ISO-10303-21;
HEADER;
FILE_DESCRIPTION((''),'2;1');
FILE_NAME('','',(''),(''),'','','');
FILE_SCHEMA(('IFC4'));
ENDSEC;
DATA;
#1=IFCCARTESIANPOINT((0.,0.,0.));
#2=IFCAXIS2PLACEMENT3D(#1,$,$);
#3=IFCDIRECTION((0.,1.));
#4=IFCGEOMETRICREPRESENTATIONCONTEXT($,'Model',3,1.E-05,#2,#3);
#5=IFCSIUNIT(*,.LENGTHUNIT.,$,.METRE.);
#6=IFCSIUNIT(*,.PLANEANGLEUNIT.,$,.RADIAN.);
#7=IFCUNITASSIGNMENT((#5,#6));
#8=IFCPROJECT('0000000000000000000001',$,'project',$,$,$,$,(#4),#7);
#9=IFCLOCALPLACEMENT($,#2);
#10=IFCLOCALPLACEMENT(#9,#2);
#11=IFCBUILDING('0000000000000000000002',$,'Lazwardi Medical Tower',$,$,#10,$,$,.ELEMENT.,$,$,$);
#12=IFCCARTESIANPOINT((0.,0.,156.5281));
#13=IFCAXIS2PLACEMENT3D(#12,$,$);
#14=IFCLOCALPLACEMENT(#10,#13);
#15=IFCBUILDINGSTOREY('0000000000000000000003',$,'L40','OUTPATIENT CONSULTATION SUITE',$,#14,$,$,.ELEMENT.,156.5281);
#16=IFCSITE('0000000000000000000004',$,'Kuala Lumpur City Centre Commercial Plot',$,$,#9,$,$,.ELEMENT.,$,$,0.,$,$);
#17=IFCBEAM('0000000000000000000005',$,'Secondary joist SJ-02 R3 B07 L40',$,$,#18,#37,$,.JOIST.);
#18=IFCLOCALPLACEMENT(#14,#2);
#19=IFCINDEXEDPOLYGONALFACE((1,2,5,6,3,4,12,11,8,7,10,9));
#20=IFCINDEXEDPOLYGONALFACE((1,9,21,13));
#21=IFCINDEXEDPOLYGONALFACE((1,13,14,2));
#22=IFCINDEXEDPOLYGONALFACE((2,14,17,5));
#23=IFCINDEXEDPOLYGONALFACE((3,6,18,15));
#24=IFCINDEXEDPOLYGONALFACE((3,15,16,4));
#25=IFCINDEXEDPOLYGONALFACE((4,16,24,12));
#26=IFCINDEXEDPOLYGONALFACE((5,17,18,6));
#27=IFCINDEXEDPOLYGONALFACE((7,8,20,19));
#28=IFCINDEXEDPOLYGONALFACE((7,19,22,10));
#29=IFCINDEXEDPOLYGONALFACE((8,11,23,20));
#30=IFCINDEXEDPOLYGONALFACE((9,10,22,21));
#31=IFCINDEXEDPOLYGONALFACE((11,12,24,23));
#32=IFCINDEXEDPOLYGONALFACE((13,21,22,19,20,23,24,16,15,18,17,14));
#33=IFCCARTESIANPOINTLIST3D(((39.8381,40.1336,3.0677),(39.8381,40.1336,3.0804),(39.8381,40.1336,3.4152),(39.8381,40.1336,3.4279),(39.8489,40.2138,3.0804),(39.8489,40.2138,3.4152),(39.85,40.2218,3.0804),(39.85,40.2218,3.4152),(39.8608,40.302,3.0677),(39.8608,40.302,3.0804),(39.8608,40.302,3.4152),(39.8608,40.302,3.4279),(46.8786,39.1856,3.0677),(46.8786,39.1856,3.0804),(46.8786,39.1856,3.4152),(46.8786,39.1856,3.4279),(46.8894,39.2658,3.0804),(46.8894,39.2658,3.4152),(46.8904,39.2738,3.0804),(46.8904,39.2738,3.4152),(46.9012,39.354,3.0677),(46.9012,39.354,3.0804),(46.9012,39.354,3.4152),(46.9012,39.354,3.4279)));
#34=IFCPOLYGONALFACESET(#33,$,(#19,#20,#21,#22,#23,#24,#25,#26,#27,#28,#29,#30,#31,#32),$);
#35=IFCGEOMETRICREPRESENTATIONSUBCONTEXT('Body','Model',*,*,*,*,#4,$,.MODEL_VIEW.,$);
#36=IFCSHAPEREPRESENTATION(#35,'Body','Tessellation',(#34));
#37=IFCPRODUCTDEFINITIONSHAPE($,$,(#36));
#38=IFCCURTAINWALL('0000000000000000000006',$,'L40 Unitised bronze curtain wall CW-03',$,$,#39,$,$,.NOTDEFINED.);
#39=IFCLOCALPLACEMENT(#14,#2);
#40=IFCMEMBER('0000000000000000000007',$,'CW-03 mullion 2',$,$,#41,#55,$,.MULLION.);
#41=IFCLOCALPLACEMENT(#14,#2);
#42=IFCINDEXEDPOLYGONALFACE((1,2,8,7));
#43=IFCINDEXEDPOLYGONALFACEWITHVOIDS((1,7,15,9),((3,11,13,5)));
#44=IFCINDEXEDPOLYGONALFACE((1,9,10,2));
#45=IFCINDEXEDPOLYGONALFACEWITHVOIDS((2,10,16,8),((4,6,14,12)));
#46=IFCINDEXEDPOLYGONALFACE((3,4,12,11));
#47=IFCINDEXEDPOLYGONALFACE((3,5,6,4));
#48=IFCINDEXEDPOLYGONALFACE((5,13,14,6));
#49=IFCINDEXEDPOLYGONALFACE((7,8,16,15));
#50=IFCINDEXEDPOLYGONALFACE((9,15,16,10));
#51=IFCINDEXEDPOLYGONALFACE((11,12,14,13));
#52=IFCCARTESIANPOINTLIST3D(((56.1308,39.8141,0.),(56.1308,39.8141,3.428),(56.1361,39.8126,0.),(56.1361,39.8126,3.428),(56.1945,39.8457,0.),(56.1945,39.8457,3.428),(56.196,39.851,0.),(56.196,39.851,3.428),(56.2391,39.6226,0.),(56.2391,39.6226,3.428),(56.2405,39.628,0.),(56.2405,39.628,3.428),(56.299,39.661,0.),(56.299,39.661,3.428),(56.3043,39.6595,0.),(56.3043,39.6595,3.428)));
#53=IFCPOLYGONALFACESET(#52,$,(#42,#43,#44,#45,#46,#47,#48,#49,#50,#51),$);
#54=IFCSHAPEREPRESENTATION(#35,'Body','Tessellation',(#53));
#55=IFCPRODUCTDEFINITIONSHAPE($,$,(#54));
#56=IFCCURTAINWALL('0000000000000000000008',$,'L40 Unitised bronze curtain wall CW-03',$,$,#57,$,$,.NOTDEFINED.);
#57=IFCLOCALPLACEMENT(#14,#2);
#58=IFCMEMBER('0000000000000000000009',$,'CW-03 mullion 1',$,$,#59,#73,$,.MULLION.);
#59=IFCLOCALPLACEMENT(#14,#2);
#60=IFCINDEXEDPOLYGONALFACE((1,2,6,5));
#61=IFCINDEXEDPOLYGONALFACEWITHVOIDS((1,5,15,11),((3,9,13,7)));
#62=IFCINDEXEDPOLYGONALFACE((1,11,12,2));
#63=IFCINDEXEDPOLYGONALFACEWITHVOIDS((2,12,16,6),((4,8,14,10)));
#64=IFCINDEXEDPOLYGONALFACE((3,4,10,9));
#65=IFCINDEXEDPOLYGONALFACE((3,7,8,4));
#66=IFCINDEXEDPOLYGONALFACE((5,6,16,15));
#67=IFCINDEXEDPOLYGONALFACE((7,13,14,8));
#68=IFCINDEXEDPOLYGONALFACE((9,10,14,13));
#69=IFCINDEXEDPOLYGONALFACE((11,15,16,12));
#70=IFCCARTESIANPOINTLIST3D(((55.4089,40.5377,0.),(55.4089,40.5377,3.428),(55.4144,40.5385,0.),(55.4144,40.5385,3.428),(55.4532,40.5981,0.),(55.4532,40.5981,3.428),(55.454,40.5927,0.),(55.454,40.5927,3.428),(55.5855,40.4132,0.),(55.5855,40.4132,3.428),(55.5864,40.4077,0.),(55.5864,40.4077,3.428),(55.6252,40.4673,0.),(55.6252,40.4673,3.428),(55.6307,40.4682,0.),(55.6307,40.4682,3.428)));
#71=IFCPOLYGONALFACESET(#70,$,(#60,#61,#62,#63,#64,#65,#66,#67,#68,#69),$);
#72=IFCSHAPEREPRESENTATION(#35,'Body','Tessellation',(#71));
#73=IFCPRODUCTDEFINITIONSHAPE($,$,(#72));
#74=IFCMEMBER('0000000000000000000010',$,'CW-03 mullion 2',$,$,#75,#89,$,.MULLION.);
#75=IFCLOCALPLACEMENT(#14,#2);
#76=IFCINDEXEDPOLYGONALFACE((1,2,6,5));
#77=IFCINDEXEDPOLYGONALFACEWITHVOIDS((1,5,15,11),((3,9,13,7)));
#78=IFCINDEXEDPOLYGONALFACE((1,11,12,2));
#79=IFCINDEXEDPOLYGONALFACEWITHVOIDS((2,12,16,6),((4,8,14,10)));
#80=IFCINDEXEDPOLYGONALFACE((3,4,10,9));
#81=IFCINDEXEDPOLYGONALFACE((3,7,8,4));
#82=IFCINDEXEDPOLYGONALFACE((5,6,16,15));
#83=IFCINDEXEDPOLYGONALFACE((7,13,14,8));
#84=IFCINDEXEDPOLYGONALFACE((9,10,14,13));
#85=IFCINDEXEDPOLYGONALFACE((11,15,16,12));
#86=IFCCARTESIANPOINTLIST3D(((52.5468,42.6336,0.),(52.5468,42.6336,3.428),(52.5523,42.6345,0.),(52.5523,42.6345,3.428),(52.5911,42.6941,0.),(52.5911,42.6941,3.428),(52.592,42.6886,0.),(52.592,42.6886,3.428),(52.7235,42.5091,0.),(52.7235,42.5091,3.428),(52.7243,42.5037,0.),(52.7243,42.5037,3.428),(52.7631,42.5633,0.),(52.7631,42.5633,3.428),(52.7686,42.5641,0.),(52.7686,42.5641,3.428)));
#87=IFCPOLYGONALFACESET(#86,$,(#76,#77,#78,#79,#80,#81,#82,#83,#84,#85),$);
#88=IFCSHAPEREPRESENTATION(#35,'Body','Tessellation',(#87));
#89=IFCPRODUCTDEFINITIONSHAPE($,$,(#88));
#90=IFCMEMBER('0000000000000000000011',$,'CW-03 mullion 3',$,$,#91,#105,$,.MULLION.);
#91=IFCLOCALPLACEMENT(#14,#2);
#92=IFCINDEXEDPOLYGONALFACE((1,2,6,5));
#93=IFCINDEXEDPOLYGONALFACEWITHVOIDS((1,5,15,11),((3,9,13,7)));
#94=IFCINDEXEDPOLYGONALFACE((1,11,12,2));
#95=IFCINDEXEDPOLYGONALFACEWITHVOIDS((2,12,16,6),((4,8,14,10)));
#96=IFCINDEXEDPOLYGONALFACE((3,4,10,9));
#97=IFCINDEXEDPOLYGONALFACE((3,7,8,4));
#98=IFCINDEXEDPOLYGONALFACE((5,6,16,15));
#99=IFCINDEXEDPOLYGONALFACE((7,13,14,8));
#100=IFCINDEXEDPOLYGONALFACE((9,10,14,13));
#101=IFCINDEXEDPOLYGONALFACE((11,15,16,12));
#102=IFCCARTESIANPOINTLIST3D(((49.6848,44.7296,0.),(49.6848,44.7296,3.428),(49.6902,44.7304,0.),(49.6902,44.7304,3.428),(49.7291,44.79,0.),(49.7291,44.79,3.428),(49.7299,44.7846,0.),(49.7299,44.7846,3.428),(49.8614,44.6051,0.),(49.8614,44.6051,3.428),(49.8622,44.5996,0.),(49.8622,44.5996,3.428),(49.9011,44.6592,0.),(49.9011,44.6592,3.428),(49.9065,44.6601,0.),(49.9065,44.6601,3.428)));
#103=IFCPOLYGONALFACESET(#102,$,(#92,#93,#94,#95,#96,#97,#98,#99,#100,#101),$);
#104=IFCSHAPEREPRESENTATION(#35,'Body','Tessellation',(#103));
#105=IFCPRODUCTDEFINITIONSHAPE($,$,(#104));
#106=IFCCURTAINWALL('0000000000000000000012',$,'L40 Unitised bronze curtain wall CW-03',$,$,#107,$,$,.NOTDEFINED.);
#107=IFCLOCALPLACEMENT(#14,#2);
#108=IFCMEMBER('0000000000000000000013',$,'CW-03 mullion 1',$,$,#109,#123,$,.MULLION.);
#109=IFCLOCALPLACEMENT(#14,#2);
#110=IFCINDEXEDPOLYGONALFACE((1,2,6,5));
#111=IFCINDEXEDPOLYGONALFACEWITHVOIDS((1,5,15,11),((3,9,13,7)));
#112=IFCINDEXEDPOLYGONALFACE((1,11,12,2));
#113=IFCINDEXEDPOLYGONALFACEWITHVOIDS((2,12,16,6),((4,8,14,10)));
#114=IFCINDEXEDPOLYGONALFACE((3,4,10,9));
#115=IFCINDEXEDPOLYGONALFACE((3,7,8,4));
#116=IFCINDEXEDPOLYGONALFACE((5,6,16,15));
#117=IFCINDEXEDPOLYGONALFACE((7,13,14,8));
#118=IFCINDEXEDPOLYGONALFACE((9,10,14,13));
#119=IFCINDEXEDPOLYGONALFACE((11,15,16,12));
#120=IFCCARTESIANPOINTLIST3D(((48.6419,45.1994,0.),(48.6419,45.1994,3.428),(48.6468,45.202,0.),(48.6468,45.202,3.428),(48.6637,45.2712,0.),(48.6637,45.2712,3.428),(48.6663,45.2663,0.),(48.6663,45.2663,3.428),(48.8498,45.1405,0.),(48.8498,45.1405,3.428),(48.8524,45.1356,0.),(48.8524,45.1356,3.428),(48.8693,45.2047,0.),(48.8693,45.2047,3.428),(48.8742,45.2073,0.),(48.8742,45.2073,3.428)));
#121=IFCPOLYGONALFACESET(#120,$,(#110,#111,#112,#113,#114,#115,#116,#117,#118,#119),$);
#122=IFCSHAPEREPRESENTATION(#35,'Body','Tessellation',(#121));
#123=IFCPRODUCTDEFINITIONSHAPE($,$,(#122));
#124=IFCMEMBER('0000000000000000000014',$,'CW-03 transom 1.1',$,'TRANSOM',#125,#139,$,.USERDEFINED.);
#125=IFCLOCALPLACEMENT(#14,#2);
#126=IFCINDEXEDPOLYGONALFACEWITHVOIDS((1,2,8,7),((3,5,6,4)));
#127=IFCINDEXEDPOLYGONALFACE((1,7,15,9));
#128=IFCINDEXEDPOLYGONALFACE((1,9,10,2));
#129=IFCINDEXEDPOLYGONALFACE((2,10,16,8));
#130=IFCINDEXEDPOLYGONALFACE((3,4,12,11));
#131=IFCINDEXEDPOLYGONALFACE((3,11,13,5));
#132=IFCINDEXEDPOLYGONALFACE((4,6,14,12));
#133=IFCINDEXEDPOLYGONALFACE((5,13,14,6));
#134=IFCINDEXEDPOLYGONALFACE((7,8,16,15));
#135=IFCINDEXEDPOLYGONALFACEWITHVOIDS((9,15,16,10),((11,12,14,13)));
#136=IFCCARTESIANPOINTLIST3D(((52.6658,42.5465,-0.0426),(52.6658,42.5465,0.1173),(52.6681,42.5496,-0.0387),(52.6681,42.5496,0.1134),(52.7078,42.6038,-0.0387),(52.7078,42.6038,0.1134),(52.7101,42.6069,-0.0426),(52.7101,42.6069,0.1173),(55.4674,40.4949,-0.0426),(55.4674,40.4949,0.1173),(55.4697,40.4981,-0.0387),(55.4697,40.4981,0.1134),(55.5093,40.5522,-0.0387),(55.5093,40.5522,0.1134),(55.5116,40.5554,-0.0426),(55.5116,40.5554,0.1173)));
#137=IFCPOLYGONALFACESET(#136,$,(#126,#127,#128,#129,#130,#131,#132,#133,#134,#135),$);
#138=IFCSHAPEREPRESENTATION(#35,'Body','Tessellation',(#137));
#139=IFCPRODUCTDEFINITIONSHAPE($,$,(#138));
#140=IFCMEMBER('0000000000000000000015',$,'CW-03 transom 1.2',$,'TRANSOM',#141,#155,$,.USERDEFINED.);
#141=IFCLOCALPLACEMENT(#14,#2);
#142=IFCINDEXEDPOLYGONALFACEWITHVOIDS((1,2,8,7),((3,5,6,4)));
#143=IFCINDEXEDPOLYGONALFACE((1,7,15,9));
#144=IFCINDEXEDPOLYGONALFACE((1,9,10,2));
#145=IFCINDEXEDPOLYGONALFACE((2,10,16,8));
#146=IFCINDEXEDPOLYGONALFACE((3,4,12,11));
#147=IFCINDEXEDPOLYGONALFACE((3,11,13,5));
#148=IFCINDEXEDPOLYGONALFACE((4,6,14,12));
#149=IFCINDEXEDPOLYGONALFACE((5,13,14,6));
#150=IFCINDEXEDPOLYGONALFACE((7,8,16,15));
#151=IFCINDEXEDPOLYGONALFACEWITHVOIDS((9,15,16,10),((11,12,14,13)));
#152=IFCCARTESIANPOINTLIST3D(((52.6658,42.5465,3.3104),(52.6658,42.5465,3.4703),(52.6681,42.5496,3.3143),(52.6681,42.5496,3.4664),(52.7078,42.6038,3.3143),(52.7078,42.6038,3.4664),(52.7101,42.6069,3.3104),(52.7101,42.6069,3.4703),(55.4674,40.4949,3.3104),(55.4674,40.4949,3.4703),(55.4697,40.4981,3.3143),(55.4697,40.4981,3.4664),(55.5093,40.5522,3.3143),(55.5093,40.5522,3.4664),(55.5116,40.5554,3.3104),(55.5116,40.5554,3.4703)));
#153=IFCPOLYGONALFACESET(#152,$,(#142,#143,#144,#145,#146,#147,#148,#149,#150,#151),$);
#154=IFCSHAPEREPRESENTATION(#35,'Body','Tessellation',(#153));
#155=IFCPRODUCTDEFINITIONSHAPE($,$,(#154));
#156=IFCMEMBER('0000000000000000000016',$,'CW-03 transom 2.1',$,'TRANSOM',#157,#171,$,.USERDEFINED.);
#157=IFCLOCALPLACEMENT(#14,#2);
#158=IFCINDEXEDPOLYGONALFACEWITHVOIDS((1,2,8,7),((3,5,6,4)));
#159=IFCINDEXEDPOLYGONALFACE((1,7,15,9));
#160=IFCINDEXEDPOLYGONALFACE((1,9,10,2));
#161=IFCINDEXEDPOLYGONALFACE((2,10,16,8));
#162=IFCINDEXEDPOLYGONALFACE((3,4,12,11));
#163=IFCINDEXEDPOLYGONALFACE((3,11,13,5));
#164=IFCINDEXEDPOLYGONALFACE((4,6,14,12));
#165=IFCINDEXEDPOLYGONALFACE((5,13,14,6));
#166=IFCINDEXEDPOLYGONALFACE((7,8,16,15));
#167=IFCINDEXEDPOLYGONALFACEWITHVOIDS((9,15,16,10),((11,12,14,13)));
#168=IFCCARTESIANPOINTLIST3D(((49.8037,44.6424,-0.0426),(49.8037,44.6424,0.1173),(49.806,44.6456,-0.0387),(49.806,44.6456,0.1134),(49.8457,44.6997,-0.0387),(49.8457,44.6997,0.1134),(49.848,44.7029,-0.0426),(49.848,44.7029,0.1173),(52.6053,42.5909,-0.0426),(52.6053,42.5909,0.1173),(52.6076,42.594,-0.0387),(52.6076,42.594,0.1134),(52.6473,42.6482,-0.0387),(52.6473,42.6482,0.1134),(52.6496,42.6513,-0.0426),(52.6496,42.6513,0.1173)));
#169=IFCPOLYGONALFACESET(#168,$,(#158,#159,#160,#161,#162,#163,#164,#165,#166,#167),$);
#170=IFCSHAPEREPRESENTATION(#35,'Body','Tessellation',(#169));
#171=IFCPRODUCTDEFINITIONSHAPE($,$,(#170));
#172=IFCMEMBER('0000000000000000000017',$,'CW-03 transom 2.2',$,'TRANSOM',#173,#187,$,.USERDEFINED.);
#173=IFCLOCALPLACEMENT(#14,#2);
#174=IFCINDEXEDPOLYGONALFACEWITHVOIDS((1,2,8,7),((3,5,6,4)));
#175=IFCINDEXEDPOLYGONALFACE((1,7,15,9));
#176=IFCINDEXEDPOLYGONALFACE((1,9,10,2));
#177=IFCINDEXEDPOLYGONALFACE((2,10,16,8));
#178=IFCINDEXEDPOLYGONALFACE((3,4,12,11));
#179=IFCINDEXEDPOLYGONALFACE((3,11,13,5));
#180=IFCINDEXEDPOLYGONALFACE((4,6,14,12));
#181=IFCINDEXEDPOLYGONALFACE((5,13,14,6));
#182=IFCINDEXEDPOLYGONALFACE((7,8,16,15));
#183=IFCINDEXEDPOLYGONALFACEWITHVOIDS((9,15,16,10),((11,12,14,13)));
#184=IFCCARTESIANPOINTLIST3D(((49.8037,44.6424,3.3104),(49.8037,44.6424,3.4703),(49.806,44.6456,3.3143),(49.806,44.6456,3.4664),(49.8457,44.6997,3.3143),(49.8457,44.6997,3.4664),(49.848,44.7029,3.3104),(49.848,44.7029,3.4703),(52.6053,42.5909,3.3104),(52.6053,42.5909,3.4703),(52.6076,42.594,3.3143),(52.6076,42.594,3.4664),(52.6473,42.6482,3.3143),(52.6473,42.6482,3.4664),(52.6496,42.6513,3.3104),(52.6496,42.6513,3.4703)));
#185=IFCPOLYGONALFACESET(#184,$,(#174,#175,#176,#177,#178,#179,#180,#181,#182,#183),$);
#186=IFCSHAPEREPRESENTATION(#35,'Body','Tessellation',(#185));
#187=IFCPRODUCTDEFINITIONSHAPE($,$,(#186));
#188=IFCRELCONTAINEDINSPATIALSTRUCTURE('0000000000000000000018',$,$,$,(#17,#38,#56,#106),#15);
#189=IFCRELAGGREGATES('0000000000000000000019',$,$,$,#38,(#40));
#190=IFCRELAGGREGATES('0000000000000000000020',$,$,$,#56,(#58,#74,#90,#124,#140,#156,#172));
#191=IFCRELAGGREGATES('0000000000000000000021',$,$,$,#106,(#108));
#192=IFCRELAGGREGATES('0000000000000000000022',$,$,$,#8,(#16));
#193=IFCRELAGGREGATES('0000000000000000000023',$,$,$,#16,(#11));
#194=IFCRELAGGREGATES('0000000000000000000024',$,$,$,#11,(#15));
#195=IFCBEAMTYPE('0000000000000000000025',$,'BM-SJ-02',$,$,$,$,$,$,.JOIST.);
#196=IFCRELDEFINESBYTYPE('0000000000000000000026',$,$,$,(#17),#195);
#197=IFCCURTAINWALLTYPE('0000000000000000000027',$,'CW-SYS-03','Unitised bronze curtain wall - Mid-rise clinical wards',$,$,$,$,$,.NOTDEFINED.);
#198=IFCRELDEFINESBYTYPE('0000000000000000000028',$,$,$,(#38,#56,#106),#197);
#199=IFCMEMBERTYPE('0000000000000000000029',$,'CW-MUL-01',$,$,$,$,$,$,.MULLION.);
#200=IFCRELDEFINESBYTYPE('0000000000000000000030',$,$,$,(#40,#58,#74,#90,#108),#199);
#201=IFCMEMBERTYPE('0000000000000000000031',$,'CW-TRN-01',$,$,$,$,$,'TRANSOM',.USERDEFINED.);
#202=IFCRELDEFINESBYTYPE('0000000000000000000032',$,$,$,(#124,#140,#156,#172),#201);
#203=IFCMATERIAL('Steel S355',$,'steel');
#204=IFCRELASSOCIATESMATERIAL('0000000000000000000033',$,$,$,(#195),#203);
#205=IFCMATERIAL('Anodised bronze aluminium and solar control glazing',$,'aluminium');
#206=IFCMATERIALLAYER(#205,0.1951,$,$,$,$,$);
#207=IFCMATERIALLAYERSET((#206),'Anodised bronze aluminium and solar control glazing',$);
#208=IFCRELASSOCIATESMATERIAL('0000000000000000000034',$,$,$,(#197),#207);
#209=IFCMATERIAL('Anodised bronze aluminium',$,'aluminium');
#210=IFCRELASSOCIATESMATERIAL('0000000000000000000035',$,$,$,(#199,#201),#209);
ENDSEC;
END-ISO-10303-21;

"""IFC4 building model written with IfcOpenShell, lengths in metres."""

from ifc_helpers import new_model, si_unit, direction, frame, origin, origin_2d, place, context, subcontext, project, spatial, hollow_rectangle, i_section, extrude, material, layer, layer_set, material_profile, profile_set, type_object, element, aggregate, save


model = new_model("IFC4")

# Units and contexts
model_context = context("Model", 3, precision=1e-05, world=origin(), true_north=direction((0.0, 1.0)))
body_context = subcontext(model_context, "Body", "Model", "MODEL_VIEW")
ifc_project = project(units=[si_unit("LENGTHUNIT", "METRE"), si_unit("PLANEANGLEUNIT", "RADIAN")], contexts=[model_context])

# Site, building, storey
site_placement = place(None, origin())
site = spatial("IfcSite", under=ifc_project, at=site_placement, Name="Kuala Lumpur City Centre Commercial Plot", CompositionType="ELEMENT", RefElevation=0.0)
building_placement = place(site_placement, origin())
building = spatial("IfcBuilding", under=site, at=building_placement, Name="Lazwardi Medical Tower", CompositionType="ELEMENT")
storey_placement = place(building_placement, frame((0.0, 0.0, 156.5281)))
storey = spatial("IfcBuildingStorey", under=building, at=storey_placement, Name="L40", Description="OUTPATIENT CONSULTATION SUITE", CompositionType="ELEMENT", Elevation=156.5281)

# Beam
ifc_material_1 = material(Name="Steel S355", Category="steel")
ifc_material_profile_1 = material_profile(ifc_material_1, i_section(OverallWidth=0.1699, OverallDepth=0.3601, WebThickness=0.0081, FlangeThickness=0.0127, at=origin_2d()), Name="IPE 360")
ifc_profile_set_1 = profile_set([ifc_material_profile_1], Name="Steel S355")
beam_type_1 = type_object("IfcBeamType", Name="BM-SJ-02", PredefinedType="JOIST", material=ifc_profile_set_1)
beam_1_placement = place(storey_placement, frame((46.8899, 39.2698, 3.2478), z_axis=(-0.991056, 0.133444, 0.0), x_axis=(-0.133444, -0.991056, 0.0)))
element("IfcBeam", 1, at=beam_1_placement, inside=storey, type_object=beam_type_1, Name="Secondary joist SJ-02 R3 B07 L40", PredefinedType="JOIST", context=body_context, shape_type="SweptSolid", body=[
    extrude(i_section(OverallWidth=0.1699, OverallDepth=0.3601, WebThickness=0.0081, FlangeThickness=0.0127, at=origin_2d()), origin(), (0.0, 0.0, 1.0), 7.104),
])

# Curtain wall, member
ifc_material_2 = material(Name="Anodised bronze aluminium and solar control glazing", Category="aluminium")
ifc_layer_1 = layer(ifc_material_2, 0.1951)
ifc_layer_set_1 = layer_set([ifc_layer_1], Name="Anodised bronze aluminium and solar control glazing")
curtain_wall_type = type_object("IfcCurtainWallType", Name="CW-SYS-03", Description="Unitised bronze curtain wall - Mid-rise clinical wards", PredefinedType="NOTDEFINED", material=ifc_layer_set_1)
curtain_wall_1_placement = place(storey_placement, origin())
curtain_wall_1 = element("IfcCurtainWall", 2, at=curtain_wall_1_placement, inside=storey, type_object=curtain_wall_type, Name="L40 Unitised bronze curtain wall CW-03", PredefinedType="NOTDEFINED")
ifc_material_3 = material(Name="Anodised bronze aluminium", Category="aluminium")
ifc_material_profile_2 = material_profile(ifc_material_3, hollow_rectangle(XDim=0.075, YDim=0.22, WallThickness=0.0039, at=origin_2d()), Name="ALU-MULLION 220x75x4")
ifc_profile_set_2 = profile_set([ifc_material_profile_2], Name="Anodised bronze aluminium")
member_type_1 = type_object("IfcMemberType", Name="CW-MUL-01", PredefinedType="MULLION", material=ifc_profile_set_2)
member_1_placement = place(storey_placement, frame((56.2175, 39.7368, 0.0), z_axis=(0.0, 0.0, 1.0), x_axis=(-0.870419, -0.492312, 0.0)))
member_1 = element("IfcMember", 3, at=member_1_placement, type_object=member_type_1, Name="CW-03 mullion 2", PredefinedType="MULLION", context=body_context, shape_type="SweptSolid", body=[
    extrude(hollow_rectangle(XDim=0.075, YDim=0.22, WallThickness=0.0039, at=origin_2d()), origin(), (0.0, 0.0, 1.0), 3.428),
])
aggregate(curtain_wall_1, [member_1])

# Curtain wall, members
curtain_wall_2_placement = place(storey_placement, origin())
curtain_wall_2 = element("IfcCurtainWall", 4, at=curtain_wall_2_placement, inside=storey, type_object=curtain_wall_type, Name="L40 Unitised bronze curtain wall CW-03", PredefinedType="NOTDEFINED")
member_2_placement = place(storey_placement, frame((55.5198, 40.5029, 0.0), z_axis=(0.0, 0.0, 1.0), x_axis=(-0.590834, -0.806793, 0.0)))
member_2 = element("IfcMember", 5, at=member_2_placement, type_object=member_type_1, Name="CW-03 mullion 1", PredefinedType="MULLION", context=body_context, shape_type="SweptSolid", body=[
    extrude(hollow_rectangle(XDim=0.075, YDim=0.22, WallThickness=0.0039, at=origin_2d()), origin(), (0.0, 0.0, 1.0), 3.428),
])
member_3_placement = place(storey_placement, frame((52.6577, 42.5989, 0.0), z_axis=(0.0, 0.0, 1.0), x_axis=(-0.590834, -0.806793, 0.0)))
member_3 = element("IfcMember", 6, at=member_3_placement, type_object=member_type_1, Name="CW-03 mullion 2", PredefinedType="MULLION", context=body_context, shape_type="SweptSolid", body=[
    extrude(hollow_rectangle(XDim=0.075, YDim=0.22, WallThickness=0.0039, at=origin_2d()), origin(), (0.0, 0.0, 1.0), 3.428),
])
member_4_placement = place(storey_placement, frame((49.7957, 44.6948, 0.0), z_axis=(0.0, 0.0, 1.0), x_axis=(-0.590834, -0.806793, 0.0)))
member_4 = element("IfcMember", 7, at=member_4_placement, type_object=member_type_1, Name="CW-03 mullion 3", PredefinedType="MULLION", context=body_context, shape_type="SweptSolid", body=[
    extrude(hollow_rectangle(XDim=0.075, YDim=0.22, WallThickness=0.0039, at=origin_2d()), origin(), (0.0, 0.0, 1.0), 3.428),
])

# Curtain wall, member
curtain_wall_3_placement = place(storey_placement, origin())
curtain_wall_3 = element("IfcCurtainWall", 8, at=curtain_wall_3_placement, inside=storey, type_object=curtain_wall_type, Name="L40 Unitised bronze curtain wall CW-03", PredefinedType="NOTDEFINED")
member_5_placement = place(storey_placement, frame((48.7581, 45.2034, 0.0), z_axis=(0.0, 0.0, 1.0), x_axis=(-0.290281, -0.956942, 0.0)))
member_5 = element("IfcMember", 9, at=member_5_placement, type_object=member_type_1, Name="CW-03 mullion 1", PredefinedType="MULLION", context=body_context, shape_type="SweptSolid", body=[
    extrude(hollow_rectangle(XDim=0.075, YDim=0.22, WallThickness=0.0039, at=origin_2d()), origin(), (0.0, 0.0, 1.0), 3.428),
])

# Members
ifc_material_profile_3 = material_profile(ifc_material_3, hollow_rectangle(XDim=0.075, YDim=0.1599, WallThickness=0.0039, at=origin_2d()), Name="ALU-TRANSOM 160x75x4")
ifc_profile_set_3 = profile_set([ifc_material_profile_3], Name="Anodised bronze aluminium")
member_type_2 = type_object("IfcMemberType", Name="CW-TRN-01", ElementType="TRANSOM", PredefinedType="USERDEFINED", material=ifc_profile_set_3)
member_6_placement = place(storey_placement, frame((55.4895, 40.5251, 0.0374), z_axis=(-0.806807, 0.590815, 0.0), x_axis=(-0.590815, -0.806807, 0.0)))
member_6 = element("IfcMember", 10, at=member_6_placement, type_object=member_type_2, Name="CW-03 transom 1.1", ObjectType="TRANSOM", PredefinedType="USERDEFINED", context=body_context, shape_type="SweptSolid", body=[
    extrude(hollow_rectangle(XDim=0.075, YDim=0.1599, WallThickness=0.0039, at=origin_2d()), origin(), (0.0, 0.0, 1.0), 3.4724),
])
member_7_placement = place(storey_placement, frame((55.4895, 40.5251, 3.3904), z_axis=(-0.806807, 0.590815, 0.0), x_axis=(-0.590815, -0.806807, 0.0)))
member_7 = element("IfcMember", 11, at=member_7_placement, type_object=member_type_2, Name="CW-03 transom 1.2", ObjectType="TRANSOM", PredefinedType="USERDEFINED", context=body_context, shape_type="SweptSolid", body=[
    extrude(hollow_rectangle(XDim=0.075, YDim=0.1599, WallThickness=0.0039, at=origin_2d()), origin(), (0.0, 0.0, 1.0), 3.4724),
])
member_8_placement = place(storey_placement, frame((52.6274, 42.6211, 0.0374), z_axis=(-0.806807, 0.590815, 0.0), x_axis=(-0.590815, -0.806807, 0.0)))
member_8 = element("IfcMember", 12, at=member_8_placement, type_object=member_type_2, Name="CW-03 transom 2.1", ObjectType="TRANSOM", PredefinedType="USERDEFINED", context=body_context, shape_type="SweptSolid", body=[
    extrude(hollow_rectangle(XDim=0.075, YDim=0.1599, WallThickness=0.0039, at=origin_2d()), origin(), (0.0, 0.0, 1.0), 3.4724),
])
member_9_placement = place(storey_placement, frame((52.6274, 42.6211, 3.3904), z_axis=(-0.806807, 0.590815, 0.0), x_axis=(-0.590815, -0.806807, 0.0)))
member_9 = element("IfcMember", 13, at=member_9_placement, type_object=member_type_2, Name="CW-03 transom 2.2", ObjectType="TRANSOM", PredefinedType="USERDEFINED", context=body_context, shape_type="SweptSolid", body=[
    extrude(hollow_rectangle(XDim=0.075, YDim=0.1599, WallThickness=0.0039, at=origin_2d()), origin(), (0.0, 0.0, 1.0), 3.4724),
])

aggregate(curtain_wall_2, [member_2, member_3, member_4, member_6, member_7, member_8, member_9])
aggregate(curtain_wall_3, [member_5])

save(model, "model.ifc")
